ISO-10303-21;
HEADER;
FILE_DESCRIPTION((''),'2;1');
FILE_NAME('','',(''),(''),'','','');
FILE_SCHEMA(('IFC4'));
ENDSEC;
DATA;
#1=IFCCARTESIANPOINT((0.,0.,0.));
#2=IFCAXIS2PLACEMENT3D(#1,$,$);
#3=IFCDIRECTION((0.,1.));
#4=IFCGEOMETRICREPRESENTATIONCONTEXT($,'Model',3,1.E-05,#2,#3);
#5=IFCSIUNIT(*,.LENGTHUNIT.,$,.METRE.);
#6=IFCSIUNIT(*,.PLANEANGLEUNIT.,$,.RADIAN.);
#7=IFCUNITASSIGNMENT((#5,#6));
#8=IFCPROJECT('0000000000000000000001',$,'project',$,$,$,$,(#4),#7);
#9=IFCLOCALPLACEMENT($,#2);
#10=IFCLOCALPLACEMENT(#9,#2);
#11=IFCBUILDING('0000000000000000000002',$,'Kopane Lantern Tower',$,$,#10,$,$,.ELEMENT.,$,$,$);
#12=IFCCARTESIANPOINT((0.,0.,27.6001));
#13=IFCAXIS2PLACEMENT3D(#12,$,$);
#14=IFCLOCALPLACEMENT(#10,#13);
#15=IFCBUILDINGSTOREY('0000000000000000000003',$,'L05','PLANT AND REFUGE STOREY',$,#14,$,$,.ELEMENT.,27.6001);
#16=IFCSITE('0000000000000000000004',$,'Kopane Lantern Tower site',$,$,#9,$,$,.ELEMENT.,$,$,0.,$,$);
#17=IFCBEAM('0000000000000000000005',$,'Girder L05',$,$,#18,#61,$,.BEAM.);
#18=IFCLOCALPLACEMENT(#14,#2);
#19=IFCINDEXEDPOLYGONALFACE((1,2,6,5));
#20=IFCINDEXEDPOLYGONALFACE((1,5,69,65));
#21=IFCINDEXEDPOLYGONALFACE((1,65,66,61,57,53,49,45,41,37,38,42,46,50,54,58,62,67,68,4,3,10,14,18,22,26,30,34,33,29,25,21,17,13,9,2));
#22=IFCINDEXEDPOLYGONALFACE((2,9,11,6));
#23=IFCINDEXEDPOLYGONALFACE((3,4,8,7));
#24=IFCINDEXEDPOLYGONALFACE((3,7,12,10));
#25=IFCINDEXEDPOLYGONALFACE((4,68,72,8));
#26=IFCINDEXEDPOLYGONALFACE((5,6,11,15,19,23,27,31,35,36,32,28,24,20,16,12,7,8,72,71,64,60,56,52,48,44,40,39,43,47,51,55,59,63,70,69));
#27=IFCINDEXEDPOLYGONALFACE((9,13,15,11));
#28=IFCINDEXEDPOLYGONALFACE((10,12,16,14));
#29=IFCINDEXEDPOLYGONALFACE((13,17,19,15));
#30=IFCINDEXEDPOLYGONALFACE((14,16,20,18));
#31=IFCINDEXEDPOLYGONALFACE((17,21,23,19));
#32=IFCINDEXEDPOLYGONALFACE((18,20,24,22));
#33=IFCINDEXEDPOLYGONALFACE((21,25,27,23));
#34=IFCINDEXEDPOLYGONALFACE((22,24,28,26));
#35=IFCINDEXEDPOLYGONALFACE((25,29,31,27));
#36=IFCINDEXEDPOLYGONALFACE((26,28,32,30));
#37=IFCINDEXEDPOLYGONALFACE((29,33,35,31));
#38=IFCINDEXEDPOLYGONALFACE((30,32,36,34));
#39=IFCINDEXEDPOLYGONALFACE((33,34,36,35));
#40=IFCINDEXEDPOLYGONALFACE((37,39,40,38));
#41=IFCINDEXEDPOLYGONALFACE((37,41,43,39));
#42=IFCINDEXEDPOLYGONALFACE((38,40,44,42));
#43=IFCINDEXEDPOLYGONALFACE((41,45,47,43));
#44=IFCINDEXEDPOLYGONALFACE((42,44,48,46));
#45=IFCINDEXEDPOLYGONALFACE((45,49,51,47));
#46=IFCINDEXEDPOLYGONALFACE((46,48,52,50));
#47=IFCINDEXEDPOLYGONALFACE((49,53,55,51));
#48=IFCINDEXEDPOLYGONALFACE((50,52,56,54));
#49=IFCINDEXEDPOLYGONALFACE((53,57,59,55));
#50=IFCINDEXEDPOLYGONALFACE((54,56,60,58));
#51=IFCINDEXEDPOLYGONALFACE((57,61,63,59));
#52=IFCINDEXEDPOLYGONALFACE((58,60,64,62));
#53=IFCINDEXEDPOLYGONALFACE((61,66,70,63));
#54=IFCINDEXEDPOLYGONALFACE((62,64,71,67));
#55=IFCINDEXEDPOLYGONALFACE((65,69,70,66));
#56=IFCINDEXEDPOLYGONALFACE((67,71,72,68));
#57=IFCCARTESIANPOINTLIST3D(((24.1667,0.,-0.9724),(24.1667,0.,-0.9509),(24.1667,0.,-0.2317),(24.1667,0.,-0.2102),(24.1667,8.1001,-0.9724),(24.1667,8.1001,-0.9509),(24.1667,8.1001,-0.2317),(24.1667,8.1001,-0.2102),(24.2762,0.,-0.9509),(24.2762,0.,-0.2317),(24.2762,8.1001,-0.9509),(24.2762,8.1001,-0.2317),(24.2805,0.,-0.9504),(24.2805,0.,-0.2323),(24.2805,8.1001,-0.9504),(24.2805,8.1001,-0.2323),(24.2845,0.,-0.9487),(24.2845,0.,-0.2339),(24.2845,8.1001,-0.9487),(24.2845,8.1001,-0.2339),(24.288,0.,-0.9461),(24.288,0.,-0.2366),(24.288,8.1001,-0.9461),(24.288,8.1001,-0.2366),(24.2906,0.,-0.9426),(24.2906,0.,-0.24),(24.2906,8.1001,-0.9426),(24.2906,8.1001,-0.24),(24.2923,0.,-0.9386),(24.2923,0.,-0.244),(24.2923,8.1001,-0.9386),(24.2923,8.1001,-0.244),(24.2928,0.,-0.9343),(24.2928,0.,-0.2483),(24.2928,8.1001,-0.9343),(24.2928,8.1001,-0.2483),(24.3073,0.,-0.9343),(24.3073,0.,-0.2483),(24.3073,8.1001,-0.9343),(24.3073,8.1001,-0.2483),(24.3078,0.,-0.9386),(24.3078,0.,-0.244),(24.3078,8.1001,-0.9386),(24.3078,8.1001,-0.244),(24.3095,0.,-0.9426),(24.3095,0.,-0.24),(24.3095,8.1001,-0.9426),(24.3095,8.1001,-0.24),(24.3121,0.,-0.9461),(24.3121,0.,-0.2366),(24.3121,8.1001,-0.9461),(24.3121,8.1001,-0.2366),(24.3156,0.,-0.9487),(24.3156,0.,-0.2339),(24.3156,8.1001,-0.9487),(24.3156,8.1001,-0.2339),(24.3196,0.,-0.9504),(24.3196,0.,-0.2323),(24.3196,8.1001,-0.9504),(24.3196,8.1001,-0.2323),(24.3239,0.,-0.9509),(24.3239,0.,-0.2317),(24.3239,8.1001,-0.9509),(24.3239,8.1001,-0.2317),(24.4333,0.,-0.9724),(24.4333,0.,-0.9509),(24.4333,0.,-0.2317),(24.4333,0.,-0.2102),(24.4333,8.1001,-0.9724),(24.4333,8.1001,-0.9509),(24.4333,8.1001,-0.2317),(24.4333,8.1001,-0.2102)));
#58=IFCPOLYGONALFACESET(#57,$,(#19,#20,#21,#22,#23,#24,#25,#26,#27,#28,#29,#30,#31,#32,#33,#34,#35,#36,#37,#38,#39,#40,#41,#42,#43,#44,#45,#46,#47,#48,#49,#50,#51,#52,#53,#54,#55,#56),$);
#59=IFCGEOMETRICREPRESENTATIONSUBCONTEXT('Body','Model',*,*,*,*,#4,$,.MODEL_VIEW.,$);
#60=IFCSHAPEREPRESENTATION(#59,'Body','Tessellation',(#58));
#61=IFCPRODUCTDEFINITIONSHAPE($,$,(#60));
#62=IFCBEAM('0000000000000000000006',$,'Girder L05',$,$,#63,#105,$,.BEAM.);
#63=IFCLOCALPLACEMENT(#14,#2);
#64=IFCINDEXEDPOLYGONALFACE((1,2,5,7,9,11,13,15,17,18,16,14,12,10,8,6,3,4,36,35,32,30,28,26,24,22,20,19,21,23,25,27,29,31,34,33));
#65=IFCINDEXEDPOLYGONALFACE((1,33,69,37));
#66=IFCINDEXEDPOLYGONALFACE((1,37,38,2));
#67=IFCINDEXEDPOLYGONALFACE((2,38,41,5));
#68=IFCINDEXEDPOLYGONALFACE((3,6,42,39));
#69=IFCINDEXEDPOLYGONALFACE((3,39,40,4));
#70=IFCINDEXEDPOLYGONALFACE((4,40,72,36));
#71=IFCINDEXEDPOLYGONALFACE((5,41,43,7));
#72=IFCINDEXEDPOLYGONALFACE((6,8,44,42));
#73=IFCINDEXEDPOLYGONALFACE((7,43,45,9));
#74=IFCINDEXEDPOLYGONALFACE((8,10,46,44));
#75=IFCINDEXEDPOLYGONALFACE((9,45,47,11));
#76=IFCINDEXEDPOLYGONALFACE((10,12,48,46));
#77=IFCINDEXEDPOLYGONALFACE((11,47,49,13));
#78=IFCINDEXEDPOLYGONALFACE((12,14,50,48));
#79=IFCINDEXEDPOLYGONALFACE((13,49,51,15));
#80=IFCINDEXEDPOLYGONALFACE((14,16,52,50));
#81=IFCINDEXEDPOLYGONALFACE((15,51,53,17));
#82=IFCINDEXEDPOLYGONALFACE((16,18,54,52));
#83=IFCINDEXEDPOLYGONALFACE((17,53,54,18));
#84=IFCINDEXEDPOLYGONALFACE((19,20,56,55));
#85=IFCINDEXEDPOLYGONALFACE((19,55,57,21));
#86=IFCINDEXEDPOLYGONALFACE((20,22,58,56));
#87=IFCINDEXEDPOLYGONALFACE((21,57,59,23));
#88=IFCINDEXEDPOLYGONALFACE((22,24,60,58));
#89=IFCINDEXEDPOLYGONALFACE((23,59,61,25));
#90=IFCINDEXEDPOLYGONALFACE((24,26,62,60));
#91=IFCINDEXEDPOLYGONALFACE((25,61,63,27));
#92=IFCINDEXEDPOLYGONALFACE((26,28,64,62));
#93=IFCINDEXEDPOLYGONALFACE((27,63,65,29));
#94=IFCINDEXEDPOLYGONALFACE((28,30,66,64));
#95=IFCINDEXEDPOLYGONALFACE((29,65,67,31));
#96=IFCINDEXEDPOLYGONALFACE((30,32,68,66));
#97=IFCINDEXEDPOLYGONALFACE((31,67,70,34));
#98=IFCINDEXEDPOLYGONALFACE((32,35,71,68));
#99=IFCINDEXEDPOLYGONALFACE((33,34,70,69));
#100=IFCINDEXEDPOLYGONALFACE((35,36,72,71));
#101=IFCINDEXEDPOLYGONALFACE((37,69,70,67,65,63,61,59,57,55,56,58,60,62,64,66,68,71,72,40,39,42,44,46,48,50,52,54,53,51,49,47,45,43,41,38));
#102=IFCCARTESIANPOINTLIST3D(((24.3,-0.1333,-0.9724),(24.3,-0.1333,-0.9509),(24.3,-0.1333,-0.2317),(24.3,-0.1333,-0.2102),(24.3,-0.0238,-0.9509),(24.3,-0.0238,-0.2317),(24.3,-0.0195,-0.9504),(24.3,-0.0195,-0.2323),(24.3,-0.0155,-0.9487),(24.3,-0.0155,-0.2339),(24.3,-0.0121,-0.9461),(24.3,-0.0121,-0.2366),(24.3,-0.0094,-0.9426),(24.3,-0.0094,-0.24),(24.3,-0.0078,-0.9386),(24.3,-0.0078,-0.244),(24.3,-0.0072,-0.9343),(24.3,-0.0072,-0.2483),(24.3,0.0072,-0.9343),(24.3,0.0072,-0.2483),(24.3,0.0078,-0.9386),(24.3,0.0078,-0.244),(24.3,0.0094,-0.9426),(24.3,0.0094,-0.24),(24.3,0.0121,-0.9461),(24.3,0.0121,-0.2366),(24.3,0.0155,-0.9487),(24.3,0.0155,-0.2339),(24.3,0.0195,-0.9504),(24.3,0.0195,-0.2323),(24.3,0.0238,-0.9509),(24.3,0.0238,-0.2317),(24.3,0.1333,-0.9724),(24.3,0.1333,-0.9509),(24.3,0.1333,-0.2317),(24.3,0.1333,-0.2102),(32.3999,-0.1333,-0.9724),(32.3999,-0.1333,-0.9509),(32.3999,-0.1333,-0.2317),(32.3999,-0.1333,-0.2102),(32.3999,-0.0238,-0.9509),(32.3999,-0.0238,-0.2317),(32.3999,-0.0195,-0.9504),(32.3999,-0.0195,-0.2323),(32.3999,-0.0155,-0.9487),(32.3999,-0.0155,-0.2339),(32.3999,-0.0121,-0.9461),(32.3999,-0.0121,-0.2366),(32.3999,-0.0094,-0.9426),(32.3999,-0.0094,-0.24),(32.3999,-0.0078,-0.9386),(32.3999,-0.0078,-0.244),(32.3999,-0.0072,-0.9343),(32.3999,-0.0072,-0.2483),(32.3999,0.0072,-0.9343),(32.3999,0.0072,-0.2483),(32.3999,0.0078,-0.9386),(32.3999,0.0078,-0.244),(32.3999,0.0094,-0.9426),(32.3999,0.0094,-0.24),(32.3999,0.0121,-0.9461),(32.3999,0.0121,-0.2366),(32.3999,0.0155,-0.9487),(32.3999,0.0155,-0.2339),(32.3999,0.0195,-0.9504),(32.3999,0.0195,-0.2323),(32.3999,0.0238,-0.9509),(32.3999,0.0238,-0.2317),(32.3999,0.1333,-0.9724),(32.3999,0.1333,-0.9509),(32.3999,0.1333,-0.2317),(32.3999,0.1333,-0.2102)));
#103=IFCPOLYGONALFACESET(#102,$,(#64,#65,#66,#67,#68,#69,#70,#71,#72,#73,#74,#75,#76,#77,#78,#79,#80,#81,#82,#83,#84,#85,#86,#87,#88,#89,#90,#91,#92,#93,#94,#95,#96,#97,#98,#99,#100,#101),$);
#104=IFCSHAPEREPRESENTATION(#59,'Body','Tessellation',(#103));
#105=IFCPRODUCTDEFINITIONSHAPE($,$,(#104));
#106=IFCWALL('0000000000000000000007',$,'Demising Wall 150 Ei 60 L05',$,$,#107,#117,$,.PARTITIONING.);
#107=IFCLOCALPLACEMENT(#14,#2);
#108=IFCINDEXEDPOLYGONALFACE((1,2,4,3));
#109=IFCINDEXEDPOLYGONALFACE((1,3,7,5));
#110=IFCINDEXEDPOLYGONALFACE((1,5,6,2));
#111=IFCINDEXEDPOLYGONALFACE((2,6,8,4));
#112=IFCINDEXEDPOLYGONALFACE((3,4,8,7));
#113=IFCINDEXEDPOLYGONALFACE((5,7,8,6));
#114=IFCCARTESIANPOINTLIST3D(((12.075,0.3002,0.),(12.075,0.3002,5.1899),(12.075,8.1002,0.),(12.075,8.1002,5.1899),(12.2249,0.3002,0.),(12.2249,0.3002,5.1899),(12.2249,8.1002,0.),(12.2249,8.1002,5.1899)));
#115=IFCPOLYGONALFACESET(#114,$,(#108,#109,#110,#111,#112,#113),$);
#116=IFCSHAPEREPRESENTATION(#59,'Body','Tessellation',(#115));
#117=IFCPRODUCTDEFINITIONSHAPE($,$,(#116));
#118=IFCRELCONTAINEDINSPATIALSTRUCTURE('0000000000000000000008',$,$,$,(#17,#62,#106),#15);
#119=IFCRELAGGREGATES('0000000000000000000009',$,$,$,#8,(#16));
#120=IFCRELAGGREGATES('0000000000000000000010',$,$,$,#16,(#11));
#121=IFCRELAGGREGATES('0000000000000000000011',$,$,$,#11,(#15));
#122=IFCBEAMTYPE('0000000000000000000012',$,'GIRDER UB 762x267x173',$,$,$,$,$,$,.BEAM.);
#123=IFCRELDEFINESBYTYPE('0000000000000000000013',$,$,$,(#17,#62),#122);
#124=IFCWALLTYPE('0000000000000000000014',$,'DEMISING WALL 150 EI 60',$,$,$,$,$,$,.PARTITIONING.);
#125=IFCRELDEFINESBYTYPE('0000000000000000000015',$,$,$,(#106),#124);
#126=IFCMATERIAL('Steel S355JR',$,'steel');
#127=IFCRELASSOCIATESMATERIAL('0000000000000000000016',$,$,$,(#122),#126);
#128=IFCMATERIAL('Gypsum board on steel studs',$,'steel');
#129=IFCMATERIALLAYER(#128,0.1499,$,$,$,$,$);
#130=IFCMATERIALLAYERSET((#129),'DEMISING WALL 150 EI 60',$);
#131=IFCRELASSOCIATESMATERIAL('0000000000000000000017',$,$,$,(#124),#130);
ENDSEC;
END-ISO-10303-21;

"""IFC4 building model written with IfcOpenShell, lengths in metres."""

from ifc_helpers import new_model, si_unit, direction, frame, frame_2d, origin, origin_2d, place, context, subcontext, project, spatial, rectangle, i_section, extrude, material, layer, layer_set, material_profile, profile_set, type_object, element, save


model = new_model("IFC4")

# Units and contexts
model_context = context("Model", 3, precision=1e-05, world=origin(), true_north=direction((0.0, 1.0)))
body_context = subcontext(model_context, "Body", "Model", "MODEL_VIEW")
ifc_project = project(units=[si_unit("LENGTHUNIT", "METRE"), si_unit("PLANEANGLEUNIT", "RADIAN")], contexts=[model_context])

# Site, building, storey
site_placement = place(None, origin())
site = spatial("IfcSite", under=ifc_project, at=site_placement, Name="Kopane Lantern Tower site", CompositionType="ELEMENT", RefElevation=0.0)
building_placement = place(site_placement, origin())
building = spatial("IfcBuilding", under=site, at=building_placement, Name="Kopane Lantern Tower", CompositionType="ELEMENT")
storey_placement = place(building_placement, frame((0.0, 0.0, 27.6001)))
storey = spatial("IfcBuildingStorey", under=building, at=storey_placement, Name="L05", Description="PLANT AND REFUGE STOREY", CompositionType="ELEMENT", Elevation=27.6001)

# Beams
ifc_material_1 = material(Name="Steel S355JR", Category="steel")
ifc_material_profile_1 = material_profile(ifc_material_1, i_section(OverallWidth=0.2666, OverallDepth=0.7622, WebThickness=0.0144, FlangeThickness=0.0215, FilletRadius=0.0166, at=origin_2d()), Name="UB 762x267x173")
ifc_profile_set_1 = profile_set([ifc_material_profile_1], Name="Steel S355JR")
beam_type = type_object("IfcBeamType", Name="GIRDER UB 762x267x173", PredefinedType="BEAM", material=ifc_profile_set_1)
beam_1_placement = place(storey_placement, frame((24.3, 0.0, -0.5913), z_axis=(0.0, 1.0, 0.0), x_axis=(-1.0, 0.0, 0.0)))
element("IfcBeam", 1, at=beam_1_placement, inside=storey, type_object=beam_type, Name="Girder L05", PredefinedType="BEAM", context=body_context, shape_type="SweptSolid", body=[
    extrude(i_section(OverallWidth=0.2666, OverallDepth=0.7622, WebThickness=0.0144, FlangeThickness=0.0215, FilletRadius=0.0166, at=origin_2d()), origin(), (0.0, 0.0, 1.0), 8.1001),
])
beam_2_placement = place(storey_placement, frame((24.3, 0.0, -0.5913), z_axis=(1.0, 0.0, 0.0), x_axis=(0.0, 1.0, 0.0)))
element("IfcBeam", 2, at=beam_2_placement, inside=storey, type_object=beam_type, Name="Girder L05", PredefinedType="BEAM", context=body_context, shape_type="SweptSolid", body=[
    extrude(i_section(OverallWidth=0.2666, OverallDepth=0.7622, WebThickness=0.0144, FlangeThickness=0.0215, FilletRadius=0.0166, at=origin_2d()), origin(), (0.0, 0.0, 1.0), 8.0999),
])

# Wall
ifc_material_2 = material(Name="Gypsum board on steel studs", Category="steel")
ifc_layer_1 = layer(ifc_material_2, 0.1499)
ifc_layer_set_1 = layer_set([ifc_layer_1], Name="DEMISING WALL 150 EI 60")
wall_type_1 = type_object("IfcWallType", Name="DEMISING WALL 150 EI 60", PredefinedType="PARTITIONING", material=ifc_layer_set_1)
wall_1_placement = place(storey_placement, frame((12.1499, 8.1001, 0.0), z_axis=(0.0, 0.0, 1.0), x_axis=(0.0, -1.0, 0.0)))
element("IfcWall", 3, at=wall_1_placement, inside=storey, type_object=wall_type_1, Name="Demising Wall 150 Ei 60 L05", PredefinedType="PARTITIONING", context=body_context, shape_type="SweptSolid", body=[
    extrude(rectangle(XDim=7.8, YDim=0.1499, at=frame_2d((3.8999, 0.0))), origin(), (0.0, 0.0, 1.0), 5.1899),
])

save(model, "model.ifc")
